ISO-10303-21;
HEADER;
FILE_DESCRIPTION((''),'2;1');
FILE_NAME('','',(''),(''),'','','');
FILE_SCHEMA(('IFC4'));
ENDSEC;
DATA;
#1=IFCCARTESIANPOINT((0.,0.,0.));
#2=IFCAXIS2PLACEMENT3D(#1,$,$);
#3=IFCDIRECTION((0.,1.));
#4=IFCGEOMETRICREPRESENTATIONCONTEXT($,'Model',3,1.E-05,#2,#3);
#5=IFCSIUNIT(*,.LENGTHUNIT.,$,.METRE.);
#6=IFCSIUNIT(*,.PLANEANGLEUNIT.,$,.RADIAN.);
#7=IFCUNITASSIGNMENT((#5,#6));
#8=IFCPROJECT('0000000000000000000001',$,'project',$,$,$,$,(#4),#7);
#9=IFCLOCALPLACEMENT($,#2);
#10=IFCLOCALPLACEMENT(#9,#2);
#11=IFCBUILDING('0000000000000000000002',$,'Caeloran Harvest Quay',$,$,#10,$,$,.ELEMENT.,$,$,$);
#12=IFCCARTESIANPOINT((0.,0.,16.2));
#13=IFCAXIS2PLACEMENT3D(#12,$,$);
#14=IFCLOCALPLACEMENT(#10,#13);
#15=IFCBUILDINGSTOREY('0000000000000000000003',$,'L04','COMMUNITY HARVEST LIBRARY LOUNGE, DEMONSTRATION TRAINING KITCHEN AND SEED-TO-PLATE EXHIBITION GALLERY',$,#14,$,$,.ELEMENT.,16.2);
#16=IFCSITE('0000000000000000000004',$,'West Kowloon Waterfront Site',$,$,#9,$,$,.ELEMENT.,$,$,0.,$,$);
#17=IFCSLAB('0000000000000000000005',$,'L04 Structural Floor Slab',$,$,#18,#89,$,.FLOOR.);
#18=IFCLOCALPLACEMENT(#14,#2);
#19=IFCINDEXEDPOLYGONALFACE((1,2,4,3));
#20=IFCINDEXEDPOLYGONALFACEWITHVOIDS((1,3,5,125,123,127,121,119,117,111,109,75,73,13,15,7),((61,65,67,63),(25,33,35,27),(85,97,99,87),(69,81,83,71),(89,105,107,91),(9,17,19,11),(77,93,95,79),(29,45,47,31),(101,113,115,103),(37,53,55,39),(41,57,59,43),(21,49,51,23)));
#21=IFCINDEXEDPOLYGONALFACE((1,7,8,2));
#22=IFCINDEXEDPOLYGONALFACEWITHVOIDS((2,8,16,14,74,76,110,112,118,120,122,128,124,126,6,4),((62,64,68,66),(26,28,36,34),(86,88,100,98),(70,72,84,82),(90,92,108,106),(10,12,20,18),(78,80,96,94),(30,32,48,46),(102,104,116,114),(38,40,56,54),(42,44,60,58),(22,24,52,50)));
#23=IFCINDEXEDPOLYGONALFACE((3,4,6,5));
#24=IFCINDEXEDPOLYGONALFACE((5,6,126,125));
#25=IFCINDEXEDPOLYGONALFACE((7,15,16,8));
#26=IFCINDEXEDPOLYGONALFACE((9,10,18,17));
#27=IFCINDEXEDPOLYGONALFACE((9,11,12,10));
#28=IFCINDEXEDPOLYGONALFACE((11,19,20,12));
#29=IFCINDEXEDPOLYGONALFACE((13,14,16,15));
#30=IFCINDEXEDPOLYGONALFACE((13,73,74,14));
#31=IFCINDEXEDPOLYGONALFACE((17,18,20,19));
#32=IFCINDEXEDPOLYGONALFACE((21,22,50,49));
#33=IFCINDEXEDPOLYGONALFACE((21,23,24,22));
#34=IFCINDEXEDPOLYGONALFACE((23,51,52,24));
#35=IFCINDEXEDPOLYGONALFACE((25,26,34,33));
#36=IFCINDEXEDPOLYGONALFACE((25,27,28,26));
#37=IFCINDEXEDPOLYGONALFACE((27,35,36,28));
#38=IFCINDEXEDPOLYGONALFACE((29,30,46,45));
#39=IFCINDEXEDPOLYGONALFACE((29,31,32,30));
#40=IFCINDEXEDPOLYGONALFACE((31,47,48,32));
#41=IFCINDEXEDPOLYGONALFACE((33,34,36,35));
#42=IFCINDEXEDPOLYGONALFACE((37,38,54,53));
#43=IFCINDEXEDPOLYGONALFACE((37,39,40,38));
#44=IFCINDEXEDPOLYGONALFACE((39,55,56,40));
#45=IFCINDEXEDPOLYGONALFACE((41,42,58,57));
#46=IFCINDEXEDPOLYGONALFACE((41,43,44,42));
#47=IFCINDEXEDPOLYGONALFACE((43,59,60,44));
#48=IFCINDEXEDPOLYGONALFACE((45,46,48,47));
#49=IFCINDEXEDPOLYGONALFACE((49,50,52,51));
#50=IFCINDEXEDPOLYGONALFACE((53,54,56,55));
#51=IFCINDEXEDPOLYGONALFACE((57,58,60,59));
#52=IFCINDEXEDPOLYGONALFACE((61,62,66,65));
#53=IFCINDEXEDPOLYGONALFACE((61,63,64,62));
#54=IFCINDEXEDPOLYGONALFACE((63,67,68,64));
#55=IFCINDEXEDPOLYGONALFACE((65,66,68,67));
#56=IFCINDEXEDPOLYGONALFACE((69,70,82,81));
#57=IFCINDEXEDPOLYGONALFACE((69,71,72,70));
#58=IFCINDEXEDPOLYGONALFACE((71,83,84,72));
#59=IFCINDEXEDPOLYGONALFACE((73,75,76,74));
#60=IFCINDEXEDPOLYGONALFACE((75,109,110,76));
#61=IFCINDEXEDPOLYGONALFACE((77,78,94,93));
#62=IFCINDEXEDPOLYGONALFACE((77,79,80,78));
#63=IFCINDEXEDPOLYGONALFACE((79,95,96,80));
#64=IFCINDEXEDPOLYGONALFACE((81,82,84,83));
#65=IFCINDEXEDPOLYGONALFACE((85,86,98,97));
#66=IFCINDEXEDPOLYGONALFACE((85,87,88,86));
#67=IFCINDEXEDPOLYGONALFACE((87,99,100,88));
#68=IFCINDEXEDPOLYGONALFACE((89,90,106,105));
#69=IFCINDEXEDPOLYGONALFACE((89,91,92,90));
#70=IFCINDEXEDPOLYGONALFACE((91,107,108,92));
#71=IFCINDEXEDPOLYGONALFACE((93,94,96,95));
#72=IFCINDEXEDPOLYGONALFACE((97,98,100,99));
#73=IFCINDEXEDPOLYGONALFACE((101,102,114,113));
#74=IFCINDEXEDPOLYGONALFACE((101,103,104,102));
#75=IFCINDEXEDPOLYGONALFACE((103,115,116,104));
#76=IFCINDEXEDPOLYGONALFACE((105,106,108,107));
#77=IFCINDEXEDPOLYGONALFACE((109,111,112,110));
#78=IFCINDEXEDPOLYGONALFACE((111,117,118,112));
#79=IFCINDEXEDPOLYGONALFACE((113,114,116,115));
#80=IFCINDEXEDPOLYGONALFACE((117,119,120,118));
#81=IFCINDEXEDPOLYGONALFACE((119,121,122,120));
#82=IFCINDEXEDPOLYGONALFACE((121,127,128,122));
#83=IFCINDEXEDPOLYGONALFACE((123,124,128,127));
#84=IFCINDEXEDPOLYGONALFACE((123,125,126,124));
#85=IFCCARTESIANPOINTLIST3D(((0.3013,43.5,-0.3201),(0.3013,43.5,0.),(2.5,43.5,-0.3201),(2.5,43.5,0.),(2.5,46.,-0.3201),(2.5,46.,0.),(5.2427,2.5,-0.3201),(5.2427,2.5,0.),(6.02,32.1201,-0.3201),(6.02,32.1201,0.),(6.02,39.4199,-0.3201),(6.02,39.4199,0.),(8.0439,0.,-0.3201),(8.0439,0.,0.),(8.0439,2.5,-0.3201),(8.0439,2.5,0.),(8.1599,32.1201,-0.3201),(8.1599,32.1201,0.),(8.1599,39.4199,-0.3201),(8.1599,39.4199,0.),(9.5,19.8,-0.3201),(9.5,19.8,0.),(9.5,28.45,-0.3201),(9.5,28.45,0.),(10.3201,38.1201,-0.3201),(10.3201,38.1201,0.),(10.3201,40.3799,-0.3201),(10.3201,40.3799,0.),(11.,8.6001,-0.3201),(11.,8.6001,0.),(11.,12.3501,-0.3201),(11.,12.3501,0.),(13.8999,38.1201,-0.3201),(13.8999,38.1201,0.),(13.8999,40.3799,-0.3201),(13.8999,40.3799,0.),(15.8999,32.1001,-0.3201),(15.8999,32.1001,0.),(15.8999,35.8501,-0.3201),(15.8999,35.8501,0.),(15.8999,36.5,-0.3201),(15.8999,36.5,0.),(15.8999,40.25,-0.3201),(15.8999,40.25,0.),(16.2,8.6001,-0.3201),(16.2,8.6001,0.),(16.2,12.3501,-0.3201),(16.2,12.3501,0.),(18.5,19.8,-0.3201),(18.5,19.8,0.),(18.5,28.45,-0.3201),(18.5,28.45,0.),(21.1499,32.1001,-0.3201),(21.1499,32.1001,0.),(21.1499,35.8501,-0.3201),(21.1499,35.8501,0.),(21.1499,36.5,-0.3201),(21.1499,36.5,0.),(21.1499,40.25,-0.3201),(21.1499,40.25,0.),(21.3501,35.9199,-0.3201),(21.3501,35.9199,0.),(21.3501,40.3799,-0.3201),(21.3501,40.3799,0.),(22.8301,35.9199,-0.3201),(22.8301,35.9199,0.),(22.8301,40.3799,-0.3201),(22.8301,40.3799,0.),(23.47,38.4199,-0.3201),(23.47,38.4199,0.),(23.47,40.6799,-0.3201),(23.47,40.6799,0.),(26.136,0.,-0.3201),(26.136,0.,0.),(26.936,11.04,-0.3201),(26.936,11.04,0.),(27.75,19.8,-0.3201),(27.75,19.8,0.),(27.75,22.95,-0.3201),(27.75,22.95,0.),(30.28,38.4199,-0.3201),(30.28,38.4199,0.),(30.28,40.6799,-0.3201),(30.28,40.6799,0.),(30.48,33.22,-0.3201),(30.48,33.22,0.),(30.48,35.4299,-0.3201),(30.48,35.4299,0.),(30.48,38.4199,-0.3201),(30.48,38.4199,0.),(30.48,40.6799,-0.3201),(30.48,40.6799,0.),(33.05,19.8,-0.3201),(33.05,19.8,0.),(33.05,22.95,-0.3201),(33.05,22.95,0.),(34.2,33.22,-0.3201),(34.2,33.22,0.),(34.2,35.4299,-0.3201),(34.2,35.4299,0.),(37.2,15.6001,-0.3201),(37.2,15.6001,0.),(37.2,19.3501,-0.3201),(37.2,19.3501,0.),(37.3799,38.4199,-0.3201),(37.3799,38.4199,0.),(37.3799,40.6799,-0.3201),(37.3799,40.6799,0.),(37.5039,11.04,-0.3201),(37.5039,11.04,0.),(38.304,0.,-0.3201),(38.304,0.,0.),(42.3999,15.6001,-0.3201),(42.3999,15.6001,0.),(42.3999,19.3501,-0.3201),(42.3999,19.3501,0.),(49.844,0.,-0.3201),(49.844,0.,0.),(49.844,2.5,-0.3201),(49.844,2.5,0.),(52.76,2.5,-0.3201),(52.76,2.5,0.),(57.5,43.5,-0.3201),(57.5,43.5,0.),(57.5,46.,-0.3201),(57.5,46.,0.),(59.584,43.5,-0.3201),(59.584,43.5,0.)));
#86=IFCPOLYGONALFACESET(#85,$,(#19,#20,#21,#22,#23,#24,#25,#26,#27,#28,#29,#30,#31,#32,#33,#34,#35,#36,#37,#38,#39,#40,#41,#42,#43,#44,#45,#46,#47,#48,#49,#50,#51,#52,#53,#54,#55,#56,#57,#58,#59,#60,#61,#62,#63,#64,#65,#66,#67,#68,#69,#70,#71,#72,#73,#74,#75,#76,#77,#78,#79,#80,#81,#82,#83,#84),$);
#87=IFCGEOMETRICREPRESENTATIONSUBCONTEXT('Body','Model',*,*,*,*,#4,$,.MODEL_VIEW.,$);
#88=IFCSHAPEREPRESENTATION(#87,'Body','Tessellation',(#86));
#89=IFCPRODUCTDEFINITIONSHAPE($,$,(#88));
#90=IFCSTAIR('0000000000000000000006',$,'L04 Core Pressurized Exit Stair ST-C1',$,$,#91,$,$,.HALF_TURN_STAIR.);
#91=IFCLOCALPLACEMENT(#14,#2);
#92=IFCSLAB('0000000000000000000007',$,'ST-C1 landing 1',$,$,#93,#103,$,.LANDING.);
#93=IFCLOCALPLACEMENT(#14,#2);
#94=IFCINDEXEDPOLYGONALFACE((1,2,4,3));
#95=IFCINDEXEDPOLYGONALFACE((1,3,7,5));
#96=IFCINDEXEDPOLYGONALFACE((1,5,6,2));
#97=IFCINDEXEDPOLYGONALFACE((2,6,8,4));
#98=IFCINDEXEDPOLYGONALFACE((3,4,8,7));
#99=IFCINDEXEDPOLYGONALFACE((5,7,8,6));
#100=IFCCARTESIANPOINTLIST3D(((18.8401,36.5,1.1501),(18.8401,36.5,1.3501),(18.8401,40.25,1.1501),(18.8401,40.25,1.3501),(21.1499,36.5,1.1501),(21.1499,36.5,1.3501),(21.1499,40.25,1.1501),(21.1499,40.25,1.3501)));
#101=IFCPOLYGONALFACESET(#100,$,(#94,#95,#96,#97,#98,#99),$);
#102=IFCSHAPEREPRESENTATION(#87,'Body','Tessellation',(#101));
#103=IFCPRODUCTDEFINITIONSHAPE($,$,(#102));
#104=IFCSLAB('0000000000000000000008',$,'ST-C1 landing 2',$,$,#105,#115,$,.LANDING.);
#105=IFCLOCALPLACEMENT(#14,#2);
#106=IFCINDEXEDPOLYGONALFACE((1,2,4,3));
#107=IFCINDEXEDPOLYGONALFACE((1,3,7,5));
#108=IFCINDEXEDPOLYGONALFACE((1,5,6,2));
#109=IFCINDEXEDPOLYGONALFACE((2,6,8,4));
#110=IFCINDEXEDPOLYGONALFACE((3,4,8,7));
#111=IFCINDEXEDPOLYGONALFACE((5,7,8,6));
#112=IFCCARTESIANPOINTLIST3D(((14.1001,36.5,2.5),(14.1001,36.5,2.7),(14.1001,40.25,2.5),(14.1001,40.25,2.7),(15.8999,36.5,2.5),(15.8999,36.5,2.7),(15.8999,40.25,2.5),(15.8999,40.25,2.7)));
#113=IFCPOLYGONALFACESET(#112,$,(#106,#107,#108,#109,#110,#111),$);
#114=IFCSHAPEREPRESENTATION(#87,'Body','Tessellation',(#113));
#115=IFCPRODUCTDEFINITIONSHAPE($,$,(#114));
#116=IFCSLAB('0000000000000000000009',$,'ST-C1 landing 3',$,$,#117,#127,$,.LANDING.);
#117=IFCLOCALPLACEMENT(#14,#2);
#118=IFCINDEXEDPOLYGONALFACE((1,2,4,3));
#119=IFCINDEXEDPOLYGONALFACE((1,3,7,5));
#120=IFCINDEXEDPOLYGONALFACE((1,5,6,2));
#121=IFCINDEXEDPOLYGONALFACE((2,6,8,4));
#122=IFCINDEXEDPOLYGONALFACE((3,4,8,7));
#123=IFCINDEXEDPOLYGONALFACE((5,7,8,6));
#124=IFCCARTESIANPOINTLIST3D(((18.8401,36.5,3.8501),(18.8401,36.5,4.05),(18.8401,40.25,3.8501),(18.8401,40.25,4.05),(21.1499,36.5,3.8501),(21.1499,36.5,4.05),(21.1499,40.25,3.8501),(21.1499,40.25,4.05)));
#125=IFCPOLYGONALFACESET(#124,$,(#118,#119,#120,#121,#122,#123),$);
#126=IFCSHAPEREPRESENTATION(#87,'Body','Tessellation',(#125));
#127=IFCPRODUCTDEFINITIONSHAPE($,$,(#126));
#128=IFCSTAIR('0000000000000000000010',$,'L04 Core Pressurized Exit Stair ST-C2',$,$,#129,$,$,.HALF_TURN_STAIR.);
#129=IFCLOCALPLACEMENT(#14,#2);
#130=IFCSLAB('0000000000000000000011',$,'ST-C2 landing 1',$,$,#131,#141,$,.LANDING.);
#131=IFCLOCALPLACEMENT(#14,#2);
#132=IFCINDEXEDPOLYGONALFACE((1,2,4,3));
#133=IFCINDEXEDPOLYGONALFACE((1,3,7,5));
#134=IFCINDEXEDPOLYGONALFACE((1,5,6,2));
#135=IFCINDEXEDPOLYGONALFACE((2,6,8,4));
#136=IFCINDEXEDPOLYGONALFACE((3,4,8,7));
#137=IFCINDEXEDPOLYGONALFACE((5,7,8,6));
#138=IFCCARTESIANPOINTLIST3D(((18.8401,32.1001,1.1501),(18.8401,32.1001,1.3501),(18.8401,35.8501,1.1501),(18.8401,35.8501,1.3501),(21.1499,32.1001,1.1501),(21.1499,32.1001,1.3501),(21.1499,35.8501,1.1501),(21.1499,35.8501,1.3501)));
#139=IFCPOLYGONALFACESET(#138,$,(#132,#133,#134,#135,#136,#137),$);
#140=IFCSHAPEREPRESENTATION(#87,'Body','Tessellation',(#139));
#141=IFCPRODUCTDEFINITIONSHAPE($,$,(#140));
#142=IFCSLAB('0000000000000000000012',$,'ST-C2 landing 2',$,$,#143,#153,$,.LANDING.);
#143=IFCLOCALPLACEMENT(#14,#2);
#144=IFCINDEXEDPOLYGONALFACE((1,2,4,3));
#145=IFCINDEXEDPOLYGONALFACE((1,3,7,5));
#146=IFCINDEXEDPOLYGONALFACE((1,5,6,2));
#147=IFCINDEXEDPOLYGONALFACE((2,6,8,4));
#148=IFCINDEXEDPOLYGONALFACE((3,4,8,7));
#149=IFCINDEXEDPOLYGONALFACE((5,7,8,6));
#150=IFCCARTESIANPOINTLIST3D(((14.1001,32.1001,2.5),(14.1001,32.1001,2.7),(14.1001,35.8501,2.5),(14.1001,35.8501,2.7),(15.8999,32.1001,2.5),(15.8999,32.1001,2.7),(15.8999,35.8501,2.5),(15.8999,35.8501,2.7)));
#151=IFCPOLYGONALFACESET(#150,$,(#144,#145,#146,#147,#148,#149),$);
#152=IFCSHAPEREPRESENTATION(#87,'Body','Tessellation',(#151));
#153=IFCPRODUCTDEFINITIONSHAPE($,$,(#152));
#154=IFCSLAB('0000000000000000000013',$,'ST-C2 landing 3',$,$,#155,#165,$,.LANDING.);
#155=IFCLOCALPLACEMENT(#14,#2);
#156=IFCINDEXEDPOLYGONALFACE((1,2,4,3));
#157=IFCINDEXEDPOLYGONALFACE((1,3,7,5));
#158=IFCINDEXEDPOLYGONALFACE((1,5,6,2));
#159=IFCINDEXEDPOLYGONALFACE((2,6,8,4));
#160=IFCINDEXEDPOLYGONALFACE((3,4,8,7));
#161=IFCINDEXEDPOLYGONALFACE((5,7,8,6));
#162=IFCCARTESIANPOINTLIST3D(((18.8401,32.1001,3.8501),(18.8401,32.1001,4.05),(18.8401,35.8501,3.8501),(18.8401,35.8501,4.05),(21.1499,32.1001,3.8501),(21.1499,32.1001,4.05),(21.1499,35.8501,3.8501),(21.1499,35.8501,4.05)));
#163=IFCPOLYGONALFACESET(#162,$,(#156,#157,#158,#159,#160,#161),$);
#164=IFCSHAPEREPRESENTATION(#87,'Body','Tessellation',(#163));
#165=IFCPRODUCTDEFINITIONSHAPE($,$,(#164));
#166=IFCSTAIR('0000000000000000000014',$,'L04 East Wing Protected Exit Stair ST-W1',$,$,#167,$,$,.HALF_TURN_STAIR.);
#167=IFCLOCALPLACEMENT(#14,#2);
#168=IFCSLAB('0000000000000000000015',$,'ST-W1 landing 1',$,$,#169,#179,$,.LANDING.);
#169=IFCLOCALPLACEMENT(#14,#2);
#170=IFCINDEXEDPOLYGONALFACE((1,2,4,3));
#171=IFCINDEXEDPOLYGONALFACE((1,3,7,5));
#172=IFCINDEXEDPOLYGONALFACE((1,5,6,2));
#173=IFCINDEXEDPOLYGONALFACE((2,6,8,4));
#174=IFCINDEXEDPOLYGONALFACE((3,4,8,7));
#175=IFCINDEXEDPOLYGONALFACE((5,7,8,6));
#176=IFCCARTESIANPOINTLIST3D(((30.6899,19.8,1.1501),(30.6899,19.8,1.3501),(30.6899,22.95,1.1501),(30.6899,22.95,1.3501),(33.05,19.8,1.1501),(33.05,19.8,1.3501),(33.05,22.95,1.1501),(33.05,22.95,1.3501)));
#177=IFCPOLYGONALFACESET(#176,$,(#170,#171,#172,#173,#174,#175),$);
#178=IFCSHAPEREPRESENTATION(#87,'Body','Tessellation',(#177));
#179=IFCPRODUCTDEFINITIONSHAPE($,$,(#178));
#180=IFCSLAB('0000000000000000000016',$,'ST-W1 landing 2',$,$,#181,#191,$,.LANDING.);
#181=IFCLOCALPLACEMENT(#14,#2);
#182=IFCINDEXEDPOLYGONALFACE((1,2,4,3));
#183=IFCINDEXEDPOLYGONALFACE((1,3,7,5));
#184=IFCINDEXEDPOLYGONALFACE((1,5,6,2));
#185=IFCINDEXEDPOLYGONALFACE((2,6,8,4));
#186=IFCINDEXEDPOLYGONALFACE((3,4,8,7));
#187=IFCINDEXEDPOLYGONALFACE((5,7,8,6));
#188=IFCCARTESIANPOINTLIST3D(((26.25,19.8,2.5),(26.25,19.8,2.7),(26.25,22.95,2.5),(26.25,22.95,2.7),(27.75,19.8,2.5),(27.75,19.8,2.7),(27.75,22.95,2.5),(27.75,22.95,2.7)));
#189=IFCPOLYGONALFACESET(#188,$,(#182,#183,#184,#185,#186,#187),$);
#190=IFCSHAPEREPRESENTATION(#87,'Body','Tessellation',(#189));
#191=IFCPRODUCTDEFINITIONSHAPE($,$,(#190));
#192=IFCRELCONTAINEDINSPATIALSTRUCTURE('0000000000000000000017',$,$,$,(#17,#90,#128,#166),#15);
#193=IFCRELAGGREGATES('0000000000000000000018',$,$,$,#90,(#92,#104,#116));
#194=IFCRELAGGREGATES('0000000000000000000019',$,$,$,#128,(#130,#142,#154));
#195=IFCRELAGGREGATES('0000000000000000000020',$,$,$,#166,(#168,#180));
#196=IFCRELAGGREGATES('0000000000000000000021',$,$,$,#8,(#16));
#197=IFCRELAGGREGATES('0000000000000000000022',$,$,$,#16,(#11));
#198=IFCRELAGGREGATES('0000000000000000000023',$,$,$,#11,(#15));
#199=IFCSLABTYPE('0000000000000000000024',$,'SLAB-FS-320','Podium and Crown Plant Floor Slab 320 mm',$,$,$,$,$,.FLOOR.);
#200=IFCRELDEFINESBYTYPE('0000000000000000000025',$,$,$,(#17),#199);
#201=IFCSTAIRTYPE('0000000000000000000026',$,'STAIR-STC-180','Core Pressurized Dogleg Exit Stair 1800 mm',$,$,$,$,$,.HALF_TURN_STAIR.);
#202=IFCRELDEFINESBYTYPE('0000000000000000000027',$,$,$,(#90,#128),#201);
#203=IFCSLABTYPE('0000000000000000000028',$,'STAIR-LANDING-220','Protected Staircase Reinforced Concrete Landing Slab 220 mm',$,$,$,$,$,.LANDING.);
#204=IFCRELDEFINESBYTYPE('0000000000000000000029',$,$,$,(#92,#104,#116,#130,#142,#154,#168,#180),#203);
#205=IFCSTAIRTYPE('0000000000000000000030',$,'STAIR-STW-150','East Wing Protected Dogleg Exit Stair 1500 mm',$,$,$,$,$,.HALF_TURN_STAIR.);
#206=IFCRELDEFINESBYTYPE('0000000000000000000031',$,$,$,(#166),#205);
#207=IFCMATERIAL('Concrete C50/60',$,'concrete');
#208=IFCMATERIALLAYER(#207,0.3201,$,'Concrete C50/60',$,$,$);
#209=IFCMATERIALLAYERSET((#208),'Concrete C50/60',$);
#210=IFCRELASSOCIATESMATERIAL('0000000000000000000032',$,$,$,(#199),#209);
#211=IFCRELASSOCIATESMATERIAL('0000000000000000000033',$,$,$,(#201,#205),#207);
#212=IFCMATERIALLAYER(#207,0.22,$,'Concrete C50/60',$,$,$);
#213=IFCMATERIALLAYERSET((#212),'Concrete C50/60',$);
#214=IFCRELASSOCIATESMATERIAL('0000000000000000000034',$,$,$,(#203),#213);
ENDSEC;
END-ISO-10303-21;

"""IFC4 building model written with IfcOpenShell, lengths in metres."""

from ifc_helpers import new_model, si_unit, direction, frame, origin, place, context, subcontext, project, spatial, polyline, outline, extrude, material, layer, layer_set, type_object, element, aggregate, save


model = new_model("IFC4")

# Units and contexts
model_context = context("Model", 3, precision=1e-05, world=origin(), true_north=direction((0.0, 1.0)))
body_context = subcontext(model_context, "Body", "Model", "MODEL_VIEW")
ifc_project = project(units=[si_unit("LENGTHUNIT", "METRE"), si_unit("PLANEANGLEUNIT", "RADIAN")], contexts=[model_context])

# Site, building, storey
site_placement = place(None, origin())
site = spatial("IfcSite", under=ifc_project, at=site_placement, Name="West Kowloon Waterfront Site", CompositionType="ELEMENT", RefElevation=0.0)
building_placement = place(site_placement, origin())
building = spatial("IfcBuilding", under=site, at=building_placement, Name="Caeloran Harvest Quay", CompositionType="ELEMENT")
storey_placement = place(building_placement, frame((0.0, 0.0, 16.2)))
storey = spatial("IfcBuildingStorey", under=building, at=storey_placement, Name="L04", Description="COMMUNITY HARVEST LIBRARY LOUNGE, DEMONSTRATION TRAINING KITCHEN AND SEED-TO-PLATE EXHIBITION GALLERY", CompositionType="ELEMENT", Elevation=16.2)

# Slab
ifc_material_1 = material(Name="Concrete C50/60", Category="concrete")
ifc_layer_1 = layer(ifc_material_1, 0.3201, Name="Concrete C50/60")
ifc_layer_set_1 = layer_set([ifc_layer_1], Name="Concrete C50/60")
slab_type_1 = type_object("IfcSlabType", Name="SLAB-FS-320", Description="Podium and Crown Plant Floor Slab 320 mm", PredefinedType="FLOOR", material=ifc_layer_set_1)
slab_1_placement = place(storey_placement, frame((0.0, 0.0, -0.3201)))
element("IfcSlab", 1, at=slab_1_placement, inside=storey, type_object=slab_type_1, Name="L04 Structural Floor Slab", PredefinedType="FLOOR", context=body_context, shape_type="SweptSolid", body=[
    extrude(outline(polyline([(8.0439, 0.0), (26.136, 0.0), (26.936, 11.04), (37.5039, 11.04), (38.304, 0.0), (49.844, 0.0), (49.844, 2.5), (52.76, 2.5), (59.584, 43.5), (57.5, 43.5), (57.5, 46.0), (2.5, 46.0), (2.5, 43.5), (0.3013, 43.5), (5.2427, 2.5), (8.0439, 2.5), (8.0439, 0.0)]), holes=[polyline([(11.0, 8.6001), (11.0, 12.3501), (16.2, 12.3501), (16.2, 8.6001), (11.0, 8.6001)]), polyline([(9.5, 19.8), (9.5, 28.45), (18.5, 28.45), (18.5, 19.8), (9.5, 19.8)]), polyline([(15.8999, 35.8501), (21.1499, 35.8501), (21.1499, 32.1001), (15.8999, 32.1001), (15.8999, 35.8501)]), polyline([(8.1599, 32.1201), (6.02, 32.1201), (6.02, 39.4199), (8.1599, 39.4199), (8.1599, 32.1201)]), polyline([(15.8999, 40.25), (21.1499, 40.25), (21.1499, 36.5), (15.8999, 36.5), (15.8999, 40.25)]), polyline([(10.3201, 38.1201), (10.3201, 40.3799), (13.8999, 40.3799), (13.8999, 38.1201), (10.3201, 38.1201)]), polyline([(37.2, 15.6001), (37.2, 19.3501), (42.3999, 19.3501), (42.3999, 15.6001), (37.2, 15.6001)]), polyline([(27.75, 22.95), (33.05, 22.95), (33.05, 19.8), (27.75, 19.8), (27.75, 22.95)]), polyline([(30.48, 33.22), (30.48, 35.4299), (34.2, 35.4299), (34.2, 33.22), (30.48, 33.22)]), polyline([(22.8301, 35.9199), (21.3501, 35.9199), (21.3501, 40.3799), (22.8301, 40.3799), (22.8301, 35.9199)]), polyline([(23.47, 38.4199), (23.47, 40.6799), (30.28, 40.6799), (30.28, 38.4199), (23.47, 38.4199)]), polyline([(30.48, 38.4199), (30.48, 40.6799), (37.3799, 40.6799), (37.3799, 38.4199), (30.48, 38.4199)])]), origin(), (0.0, 0.0, 1.0), 0.3201),
])

# Stairs, slabs
stair_type_1 = type_object("IfcStairType", Name="STAIR-STC-180", Description="Core Pressurized Dogleg Exit Stair 1800 mm", PredefinedType="HALF_TURN_STAIR", material=ifc_material_1)
stair_1_placement = place(storey_placement, origin())
stair_1 = element("IfcStair", 2, at=stair_1_placement, inside=storey, type_object=stair_type_1, Name="L04 Core Pressurized Exit Stair ST-C1", PredefinedType="HALF_TURN_STAIR")
ifc_layer_2 = layer(ifc_material_1, 0.22, Name="Concrete C50/60")
ifc_layer_set_2 = layer_set([ifc_layer_2], Name="Concrete C50/60")
slab_type_2 = type_object("IfcSlabType", Name="STAIR-LANDING-220", Description="Protected Staircase Reinforced Concrete Landing Slab 220 mm", PredefinedType="LANDING", material=ifc_layer_set_2)
slab_2_placement = place(storey_placement, frame((0.0, 0.0, 1.1501)))
slab_2 = element("IfcSlab", 3, at=slab_2_placement, type_object=slab_type_2, Name="ST-C1 landing 1", PredefinedType="LANDING", context=body_context, shape_type="SweptSolid", body=[
    extrude(outline(polyline([(18.8401, 36.5), (21.1499, 36.5), (21.1499, 40.25), (18.8401, 40.25), (18.8401, 36.5)])), origin(), (0.0, 0.0, 1.0), 0.2),
])
slab_3_placement = place(storey_placement, frame((0.0, 0.0, 2.5)))
slab_3 = element("IfcSlab", 4, at=slab_3_placement, type_object=slab_type_2, Name="ST-C1 landing 2", PredefinedType="LANDING", context=body_context, shape_type="SweptSolid", body=[
    extrude(outline(polyline([(14.1001, 36.5), (15.8999, 36.5), (15.8999, 40.25), (14.1001, 40.25), (14.1001, 36.5)])), origin(), (0.0, 0.0, 1.0), 0.2),
])
slab_4_placement = place(storey_placement, frame((0.0, 0.0, 3.8501)))
slab_4 = element("IfcSlab", 5, at=slab_4_placement, type_object=slab_type_2, Name="ST-C1 landing 3", PredefinedType="LANDING", context=body_context, shape_type="SweptSolid", body=[
    extrude(outline(polyline([(18.8401, 36.5), (21.1499, 36.5), (21.1499, 40.25), (18.8401, 40.25), (18.8401, 36.5)])), origin(), (0.0, 0.0, 1.0), 0.2),
])
aggregate(stair_1, [slab_2, slab_3, slab_4])
stair_2_placement = place(storey_placement, origin())
stair_2 = element("IfcStair", 6, at=stair_2_placement, inside=storey, type_object=stair_type_1, Name="L04 Core Pressurized Exit Stair ST-C2", PredefinedType="HALF_TURN_STAIR")
slab_5_placement = place(storey_placement, frame((0.0, 0.0, 1.1501)))
slab_5 = element("IfcSlab", 7, at=slab_5_placement, type_object=slab_type_2, Name="ST-C2 landing 1", PredefinedType="LANDING", context=body_context, shape_type="SweptSolid", body=[
    extrude(outline(polyline([(18.8401, 32.1001), (21.1499, 32.1001), (21.1499, 35.8501), (18.8401, 35.8501), (18.8401, 32.1001)])), origin(), (0.0, 0.0, 1.0), 0.2),
])
slab_6_placement = place(storey_placement, frame((0.0, 0.0, 2.5)))
slab_6 = element("IfcSlab", 8, at=slab_6_placement, type_object=slab_type_2, Name="ST-C2 landing 2", PredefinedType="LANDING", context=body_context, shape_type="SweptSolid", body=[
    extrude(outline(polyline([(14.1001, 32.1001), (15.8999, 32.1001), (15.8999, 35.8501), (14.1001, 35.8501), (14.1001, 32.1001)])), origin(), (0.0, 0.0, 1.0), 0.2),
])
slab_7_placement = place(storey_placement, frame((0.0, 0.0, 3.8501)))
slab_7 = element("IfcSlab", 9, at=slab_7_placement, type_object=slab_type_2, Name="ST-C2 landing 3", PredefinedType="LANDING", context=body_context, shape_type="SweptSolid", body=[
    extrude(outline(polyline([(18.8401, 32.1001), (21.1499, 32.1001), (21.1499, 35.8501), (18.8401, 35.8501), (18.8401, 32.1001)])), origin(), (0.0, 0.0, 1.0), 0.2),
])
aggregate(stair_2, [slab_5, slab_6, slab_7])
stair_type_2 = type_object("IfcStairType", Name="STAIR-STW-150", Description="East Wing Protected Dogleg Exit Stair 1500 mm", PredefinedType="HALF_TURN_STAIR", material=ifc_material_1)
stair_3_placement = place(storey_placement, origin())
stair_3 = element("IfcStair", 10, at=stair_3_placement, inside=storey, type_object=stair_type_2, Name="L04 East Wing Protected Exit Stair ST-W1", PredefinedType="HALF_TURN_STAIR")
slab_8_placement = place(storey_placement, frame((0.0, 0.0, 1.1501)))
slab_8 = element("IfcSlab", 11, at=slab_8_placement, type_object=slab_type_2, Name="ST-W1 landing 1", PredefinedType="LANDING", context=body_context, shape_type="SweptSolid", body=[
    extrude(outline(polyline([(30.6899, 19.8), (33.05, 19.8), (33.05, 22.95), (30.6899, 22.95), (30.6899, 19.8)])), origin(), (0.0, 0.0, 1.0), 0.2),
])
slab_9_placement = place(storey_placement, frame((0.0, 0.0, 2.5)))
slab_9 = element("IfcSlab", 12, at=slab_9_placement, type_object=slab_type_2, Name="ST-W1 landing 2", PredefinedType="LANDING", context=body_context, shape_type="SweptSolid", body=[
    extrude(outline(polyline([(26.25, 19.8), (27.75, 19.8), (27.75, 22.95), (26.25, 22.95), (26.25, 19.8)])), origin(), (0.0, 0.0, 1.0), 0.2),
])
aggregate(stair_3, [slab_8, slab_9])

save(model, "model.ifc")
